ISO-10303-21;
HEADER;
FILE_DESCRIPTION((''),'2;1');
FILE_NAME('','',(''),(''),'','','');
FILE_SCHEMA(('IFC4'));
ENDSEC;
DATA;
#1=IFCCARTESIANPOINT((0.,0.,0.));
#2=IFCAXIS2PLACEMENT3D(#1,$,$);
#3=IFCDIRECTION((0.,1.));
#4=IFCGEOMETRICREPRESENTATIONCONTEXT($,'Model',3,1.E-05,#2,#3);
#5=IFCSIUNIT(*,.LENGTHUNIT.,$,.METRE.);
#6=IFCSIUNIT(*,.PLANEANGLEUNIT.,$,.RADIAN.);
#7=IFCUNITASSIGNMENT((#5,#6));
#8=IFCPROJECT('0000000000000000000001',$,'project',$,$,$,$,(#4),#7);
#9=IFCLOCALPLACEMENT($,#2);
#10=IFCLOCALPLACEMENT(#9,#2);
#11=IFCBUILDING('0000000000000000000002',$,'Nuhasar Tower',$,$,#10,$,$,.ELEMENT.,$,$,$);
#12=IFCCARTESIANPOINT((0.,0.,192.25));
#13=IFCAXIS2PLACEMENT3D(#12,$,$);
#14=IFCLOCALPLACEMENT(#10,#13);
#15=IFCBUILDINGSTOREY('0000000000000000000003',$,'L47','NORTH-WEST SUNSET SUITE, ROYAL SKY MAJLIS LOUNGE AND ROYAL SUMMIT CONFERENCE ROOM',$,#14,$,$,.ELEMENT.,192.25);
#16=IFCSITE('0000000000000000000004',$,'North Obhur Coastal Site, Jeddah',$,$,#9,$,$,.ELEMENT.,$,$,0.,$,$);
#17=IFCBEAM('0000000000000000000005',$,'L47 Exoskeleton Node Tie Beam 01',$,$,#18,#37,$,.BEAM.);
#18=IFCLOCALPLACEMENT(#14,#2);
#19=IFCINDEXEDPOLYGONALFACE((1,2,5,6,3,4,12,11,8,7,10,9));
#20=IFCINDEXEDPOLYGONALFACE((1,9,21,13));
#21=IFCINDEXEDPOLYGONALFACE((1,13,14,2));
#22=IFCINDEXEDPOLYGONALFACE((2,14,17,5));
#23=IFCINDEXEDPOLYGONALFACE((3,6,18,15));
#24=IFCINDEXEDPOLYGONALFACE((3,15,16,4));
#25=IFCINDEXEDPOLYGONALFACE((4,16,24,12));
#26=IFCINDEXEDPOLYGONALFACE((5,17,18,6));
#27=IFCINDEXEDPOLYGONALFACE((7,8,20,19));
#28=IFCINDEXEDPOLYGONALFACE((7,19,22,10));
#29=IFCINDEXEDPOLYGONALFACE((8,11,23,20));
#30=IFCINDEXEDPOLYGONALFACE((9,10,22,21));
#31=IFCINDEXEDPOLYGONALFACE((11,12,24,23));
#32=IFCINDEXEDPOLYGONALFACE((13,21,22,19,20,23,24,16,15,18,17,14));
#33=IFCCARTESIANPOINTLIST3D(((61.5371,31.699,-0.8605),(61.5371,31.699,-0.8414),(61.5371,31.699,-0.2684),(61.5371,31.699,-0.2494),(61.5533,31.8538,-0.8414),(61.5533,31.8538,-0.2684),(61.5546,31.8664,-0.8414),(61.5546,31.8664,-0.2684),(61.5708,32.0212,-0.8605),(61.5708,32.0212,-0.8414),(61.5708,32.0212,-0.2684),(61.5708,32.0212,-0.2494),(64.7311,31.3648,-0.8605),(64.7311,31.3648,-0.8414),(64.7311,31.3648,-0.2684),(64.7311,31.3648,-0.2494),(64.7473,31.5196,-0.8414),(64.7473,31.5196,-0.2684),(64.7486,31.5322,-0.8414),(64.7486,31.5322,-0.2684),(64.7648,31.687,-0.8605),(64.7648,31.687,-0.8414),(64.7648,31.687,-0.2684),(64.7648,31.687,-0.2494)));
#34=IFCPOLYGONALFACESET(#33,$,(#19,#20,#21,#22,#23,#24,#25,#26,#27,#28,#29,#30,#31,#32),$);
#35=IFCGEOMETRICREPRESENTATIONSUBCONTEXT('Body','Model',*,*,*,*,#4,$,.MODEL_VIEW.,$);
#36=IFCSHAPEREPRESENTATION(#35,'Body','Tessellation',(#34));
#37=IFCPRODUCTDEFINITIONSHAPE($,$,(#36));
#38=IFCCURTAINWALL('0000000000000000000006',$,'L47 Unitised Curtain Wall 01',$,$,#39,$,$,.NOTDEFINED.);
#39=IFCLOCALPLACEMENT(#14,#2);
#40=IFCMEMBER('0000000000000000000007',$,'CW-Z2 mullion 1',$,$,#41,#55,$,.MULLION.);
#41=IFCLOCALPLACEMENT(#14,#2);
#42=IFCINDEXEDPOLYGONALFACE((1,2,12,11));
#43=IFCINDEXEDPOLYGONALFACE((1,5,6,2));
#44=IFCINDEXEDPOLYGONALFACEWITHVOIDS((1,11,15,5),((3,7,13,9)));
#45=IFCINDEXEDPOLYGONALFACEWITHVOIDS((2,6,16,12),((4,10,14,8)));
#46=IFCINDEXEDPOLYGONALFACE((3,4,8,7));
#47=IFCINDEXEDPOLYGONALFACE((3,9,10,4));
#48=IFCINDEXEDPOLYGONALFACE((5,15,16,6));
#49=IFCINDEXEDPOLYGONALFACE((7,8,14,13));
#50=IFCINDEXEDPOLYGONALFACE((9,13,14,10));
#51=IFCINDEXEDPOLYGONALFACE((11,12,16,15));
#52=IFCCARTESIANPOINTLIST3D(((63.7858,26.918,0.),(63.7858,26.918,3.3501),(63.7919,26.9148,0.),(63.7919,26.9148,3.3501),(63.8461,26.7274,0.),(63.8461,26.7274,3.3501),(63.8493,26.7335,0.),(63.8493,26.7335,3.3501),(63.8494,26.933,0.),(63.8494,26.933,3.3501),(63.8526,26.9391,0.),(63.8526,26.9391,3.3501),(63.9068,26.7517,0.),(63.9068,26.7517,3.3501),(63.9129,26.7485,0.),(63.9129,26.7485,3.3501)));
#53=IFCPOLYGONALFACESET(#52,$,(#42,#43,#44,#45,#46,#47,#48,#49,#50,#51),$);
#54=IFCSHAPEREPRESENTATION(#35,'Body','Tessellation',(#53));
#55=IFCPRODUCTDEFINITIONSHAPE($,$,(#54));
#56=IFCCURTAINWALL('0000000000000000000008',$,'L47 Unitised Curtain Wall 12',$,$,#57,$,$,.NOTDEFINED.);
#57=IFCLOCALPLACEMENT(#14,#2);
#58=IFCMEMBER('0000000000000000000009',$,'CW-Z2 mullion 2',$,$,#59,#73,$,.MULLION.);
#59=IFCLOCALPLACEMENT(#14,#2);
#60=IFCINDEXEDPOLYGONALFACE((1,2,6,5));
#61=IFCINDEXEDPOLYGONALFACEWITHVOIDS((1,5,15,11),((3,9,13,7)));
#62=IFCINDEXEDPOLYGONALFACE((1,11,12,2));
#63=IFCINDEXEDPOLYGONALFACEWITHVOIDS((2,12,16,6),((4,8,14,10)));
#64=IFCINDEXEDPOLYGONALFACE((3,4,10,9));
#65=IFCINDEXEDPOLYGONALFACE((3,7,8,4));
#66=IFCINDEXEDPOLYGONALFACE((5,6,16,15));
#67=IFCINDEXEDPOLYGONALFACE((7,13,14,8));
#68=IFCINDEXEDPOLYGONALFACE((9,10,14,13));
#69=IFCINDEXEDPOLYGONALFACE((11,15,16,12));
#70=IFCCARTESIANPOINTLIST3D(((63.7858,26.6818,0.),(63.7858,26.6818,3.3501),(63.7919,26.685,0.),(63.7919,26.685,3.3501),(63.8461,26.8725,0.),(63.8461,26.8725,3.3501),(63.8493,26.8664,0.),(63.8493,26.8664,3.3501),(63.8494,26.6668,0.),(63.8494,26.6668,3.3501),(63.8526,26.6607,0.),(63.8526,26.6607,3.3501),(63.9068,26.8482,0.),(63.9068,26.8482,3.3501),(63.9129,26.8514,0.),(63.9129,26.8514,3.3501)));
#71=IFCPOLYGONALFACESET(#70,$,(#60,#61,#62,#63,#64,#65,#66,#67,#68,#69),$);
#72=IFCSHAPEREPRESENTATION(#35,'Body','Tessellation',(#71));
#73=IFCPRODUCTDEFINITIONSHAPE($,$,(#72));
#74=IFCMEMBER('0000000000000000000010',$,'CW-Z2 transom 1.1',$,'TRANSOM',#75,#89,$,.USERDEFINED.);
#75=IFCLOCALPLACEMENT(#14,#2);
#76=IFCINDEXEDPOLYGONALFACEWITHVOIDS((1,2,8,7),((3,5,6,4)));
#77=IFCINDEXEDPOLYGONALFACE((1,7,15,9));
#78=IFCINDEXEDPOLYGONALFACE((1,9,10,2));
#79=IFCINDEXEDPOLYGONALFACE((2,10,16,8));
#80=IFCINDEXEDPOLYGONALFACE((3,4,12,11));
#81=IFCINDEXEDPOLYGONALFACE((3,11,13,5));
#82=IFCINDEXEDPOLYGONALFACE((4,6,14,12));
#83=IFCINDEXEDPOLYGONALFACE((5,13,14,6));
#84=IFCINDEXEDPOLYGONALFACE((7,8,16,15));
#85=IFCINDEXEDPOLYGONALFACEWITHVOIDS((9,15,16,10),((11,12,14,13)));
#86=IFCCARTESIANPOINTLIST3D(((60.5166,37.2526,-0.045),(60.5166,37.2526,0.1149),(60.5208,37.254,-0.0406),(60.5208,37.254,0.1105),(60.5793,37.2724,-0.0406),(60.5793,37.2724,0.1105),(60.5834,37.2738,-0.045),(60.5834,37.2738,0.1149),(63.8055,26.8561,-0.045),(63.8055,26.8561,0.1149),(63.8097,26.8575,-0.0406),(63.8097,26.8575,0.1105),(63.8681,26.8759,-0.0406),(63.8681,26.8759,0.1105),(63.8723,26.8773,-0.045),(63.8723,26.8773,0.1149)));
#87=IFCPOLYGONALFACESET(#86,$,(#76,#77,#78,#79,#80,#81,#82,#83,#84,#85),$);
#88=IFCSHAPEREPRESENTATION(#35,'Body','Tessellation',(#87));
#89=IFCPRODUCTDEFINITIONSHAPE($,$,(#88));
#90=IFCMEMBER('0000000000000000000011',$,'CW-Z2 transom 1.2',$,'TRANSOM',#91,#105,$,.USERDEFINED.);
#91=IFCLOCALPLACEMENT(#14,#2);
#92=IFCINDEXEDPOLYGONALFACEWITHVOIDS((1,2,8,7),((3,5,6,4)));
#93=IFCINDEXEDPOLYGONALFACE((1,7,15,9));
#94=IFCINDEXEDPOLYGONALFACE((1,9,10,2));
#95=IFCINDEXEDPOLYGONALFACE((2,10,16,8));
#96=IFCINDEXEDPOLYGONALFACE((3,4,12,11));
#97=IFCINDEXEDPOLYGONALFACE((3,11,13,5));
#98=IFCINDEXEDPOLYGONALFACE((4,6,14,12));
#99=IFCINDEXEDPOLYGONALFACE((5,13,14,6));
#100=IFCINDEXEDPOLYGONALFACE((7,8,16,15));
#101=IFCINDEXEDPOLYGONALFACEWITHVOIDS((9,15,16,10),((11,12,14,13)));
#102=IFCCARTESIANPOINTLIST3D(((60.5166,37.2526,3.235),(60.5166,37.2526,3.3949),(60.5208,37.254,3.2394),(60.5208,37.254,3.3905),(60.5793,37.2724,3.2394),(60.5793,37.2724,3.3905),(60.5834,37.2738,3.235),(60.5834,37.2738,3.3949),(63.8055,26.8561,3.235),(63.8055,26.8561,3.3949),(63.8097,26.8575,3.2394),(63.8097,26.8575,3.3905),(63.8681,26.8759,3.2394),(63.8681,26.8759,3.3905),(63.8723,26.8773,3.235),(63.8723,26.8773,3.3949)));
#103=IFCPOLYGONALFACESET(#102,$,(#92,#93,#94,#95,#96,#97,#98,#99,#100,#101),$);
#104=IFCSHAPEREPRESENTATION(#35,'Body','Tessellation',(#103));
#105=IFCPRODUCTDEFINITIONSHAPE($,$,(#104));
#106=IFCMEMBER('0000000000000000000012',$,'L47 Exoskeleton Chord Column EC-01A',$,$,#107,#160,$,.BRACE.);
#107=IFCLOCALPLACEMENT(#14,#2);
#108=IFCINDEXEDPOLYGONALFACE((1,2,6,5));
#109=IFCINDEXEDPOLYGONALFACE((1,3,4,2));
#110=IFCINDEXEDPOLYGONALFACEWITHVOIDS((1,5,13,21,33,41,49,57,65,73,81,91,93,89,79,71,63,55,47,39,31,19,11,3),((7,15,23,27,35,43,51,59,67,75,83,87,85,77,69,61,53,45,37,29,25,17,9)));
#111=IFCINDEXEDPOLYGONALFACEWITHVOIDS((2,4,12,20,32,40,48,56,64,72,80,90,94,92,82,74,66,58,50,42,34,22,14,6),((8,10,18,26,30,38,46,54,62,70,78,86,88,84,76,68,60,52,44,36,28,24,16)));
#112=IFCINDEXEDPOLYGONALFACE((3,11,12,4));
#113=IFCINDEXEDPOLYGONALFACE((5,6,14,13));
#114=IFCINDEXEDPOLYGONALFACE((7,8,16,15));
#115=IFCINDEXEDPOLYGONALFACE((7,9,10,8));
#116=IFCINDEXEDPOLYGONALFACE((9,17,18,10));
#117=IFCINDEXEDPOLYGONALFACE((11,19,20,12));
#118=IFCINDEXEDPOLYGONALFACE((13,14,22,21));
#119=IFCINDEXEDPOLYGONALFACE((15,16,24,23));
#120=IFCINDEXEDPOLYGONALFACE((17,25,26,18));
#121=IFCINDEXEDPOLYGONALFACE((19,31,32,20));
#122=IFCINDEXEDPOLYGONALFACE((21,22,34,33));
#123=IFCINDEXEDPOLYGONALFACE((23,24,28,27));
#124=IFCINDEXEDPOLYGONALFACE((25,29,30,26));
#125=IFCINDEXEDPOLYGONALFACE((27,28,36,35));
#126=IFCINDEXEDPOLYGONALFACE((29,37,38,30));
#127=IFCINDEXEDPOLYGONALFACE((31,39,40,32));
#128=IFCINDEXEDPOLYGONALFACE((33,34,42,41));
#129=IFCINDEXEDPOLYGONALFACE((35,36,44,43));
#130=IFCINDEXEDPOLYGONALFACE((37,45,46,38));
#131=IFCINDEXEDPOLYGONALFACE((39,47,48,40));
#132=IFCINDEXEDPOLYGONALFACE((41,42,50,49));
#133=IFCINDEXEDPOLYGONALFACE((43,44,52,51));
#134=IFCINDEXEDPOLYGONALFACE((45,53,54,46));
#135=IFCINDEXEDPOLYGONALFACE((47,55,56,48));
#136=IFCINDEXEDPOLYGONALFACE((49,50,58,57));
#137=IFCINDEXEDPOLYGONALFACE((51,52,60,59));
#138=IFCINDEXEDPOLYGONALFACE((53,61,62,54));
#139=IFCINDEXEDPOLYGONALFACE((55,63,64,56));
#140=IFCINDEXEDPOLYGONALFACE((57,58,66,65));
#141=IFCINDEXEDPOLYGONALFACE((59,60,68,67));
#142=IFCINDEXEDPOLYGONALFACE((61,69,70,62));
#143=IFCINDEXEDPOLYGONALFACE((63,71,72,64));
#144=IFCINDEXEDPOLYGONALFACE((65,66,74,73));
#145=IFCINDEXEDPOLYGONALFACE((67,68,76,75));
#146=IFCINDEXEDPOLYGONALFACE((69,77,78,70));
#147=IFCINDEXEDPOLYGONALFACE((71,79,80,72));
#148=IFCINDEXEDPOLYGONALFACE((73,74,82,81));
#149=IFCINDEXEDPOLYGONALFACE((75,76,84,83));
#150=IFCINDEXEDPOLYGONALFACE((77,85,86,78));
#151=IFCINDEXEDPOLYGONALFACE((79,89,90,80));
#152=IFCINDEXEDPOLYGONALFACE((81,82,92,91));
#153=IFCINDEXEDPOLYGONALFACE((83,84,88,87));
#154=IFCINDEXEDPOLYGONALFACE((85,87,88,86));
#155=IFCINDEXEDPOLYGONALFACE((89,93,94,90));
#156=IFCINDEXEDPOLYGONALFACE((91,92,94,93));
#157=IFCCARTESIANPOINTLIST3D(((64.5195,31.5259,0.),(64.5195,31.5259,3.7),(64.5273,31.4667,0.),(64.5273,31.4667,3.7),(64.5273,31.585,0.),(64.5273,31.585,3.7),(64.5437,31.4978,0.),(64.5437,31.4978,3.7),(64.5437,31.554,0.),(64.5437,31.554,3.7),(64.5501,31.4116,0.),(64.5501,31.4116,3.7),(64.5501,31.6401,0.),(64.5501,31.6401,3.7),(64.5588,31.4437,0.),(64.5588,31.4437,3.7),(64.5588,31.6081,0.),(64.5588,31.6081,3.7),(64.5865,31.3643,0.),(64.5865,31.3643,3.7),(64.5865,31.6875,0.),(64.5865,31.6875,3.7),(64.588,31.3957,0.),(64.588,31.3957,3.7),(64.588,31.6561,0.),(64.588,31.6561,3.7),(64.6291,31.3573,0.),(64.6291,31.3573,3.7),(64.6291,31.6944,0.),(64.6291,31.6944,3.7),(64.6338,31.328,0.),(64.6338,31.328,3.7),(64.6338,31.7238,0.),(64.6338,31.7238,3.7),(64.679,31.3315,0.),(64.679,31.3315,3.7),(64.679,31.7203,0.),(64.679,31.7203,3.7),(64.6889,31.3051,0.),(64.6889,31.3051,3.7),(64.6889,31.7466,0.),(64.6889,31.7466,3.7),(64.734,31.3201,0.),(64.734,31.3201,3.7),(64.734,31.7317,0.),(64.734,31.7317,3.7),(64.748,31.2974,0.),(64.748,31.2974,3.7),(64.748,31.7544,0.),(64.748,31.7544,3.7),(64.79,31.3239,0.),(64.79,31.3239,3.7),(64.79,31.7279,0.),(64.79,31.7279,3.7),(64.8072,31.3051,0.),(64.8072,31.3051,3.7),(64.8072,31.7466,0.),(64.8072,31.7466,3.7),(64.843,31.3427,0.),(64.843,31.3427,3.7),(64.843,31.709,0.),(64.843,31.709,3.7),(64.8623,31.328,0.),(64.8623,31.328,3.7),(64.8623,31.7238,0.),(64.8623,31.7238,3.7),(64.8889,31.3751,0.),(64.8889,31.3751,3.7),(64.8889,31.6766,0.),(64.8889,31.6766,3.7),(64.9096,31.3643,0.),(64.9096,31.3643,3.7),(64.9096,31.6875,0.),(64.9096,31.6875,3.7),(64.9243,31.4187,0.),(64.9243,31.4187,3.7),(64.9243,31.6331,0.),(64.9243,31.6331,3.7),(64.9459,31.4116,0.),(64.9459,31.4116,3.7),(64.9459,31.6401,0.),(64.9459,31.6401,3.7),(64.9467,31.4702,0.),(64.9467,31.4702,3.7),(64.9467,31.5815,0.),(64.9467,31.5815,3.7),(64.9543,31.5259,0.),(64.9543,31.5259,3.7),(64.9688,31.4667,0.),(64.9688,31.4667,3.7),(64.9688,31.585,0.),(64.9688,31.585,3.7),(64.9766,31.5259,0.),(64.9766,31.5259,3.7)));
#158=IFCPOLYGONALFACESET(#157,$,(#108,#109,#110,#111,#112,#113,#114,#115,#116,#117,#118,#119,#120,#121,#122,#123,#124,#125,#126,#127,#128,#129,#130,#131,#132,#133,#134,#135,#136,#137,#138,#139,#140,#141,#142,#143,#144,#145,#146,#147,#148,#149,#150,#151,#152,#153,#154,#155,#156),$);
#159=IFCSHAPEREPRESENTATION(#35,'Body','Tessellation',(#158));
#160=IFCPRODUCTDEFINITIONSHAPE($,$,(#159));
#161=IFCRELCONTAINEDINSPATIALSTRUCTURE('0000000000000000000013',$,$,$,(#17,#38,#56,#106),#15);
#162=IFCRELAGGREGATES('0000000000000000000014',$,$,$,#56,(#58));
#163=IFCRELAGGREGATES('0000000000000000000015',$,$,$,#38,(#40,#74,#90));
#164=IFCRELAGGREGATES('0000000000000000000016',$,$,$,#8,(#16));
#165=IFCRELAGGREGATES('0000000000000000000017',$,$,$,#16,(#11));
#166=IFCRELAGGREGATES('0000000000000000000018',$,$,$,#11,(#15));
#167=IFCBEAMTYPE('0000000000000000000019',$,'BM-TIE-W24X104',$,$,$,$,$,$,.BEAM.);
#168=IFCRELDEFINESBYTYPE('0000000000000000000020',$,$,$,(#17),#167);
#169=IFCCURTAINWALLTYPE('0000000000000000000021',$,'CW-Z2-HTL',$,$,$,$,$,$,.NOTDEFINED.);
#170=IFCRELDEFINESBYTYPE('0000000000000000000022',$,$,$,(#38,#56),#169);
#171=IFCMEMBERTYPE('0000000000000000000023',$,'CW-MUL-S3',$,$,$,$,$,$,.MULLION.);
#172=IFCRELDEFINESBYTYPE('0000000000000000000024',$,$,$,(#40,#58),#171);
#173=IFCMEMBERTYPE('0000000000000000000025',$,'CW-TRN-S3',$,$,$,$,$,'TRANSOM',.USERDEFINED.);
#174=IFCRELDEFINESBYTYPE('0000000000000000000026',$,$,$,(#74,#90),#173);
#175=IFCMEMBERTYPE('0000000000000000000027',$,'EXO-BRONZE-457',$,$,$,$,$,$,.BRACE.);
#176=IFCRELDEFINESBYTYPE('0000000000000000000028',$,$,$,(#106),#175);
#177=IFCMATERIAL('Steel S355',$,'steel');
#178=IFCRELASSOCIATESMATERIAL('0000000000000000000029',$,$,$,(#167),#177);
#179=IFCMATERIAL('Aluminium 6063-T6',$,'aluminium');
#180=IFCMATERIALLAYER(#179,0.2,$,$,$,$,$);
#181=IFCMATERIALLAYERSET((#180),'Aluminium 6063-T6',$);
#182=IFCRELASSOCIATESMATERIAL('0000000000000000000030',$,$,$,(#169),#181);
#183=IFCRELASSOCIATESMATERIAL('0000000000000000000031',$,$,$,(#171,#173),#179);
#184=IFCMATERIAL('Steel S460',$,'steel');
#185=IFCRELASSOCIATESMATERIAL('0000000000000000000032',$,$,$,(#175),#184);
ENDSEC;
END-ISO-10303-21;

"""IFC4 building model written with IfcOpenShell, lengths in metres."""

from ifc_helpers import new_model, si_unit, direction, frame, origin, origin_2d, place, context, subcontext, project, spatial, hollow_rectangle, hollow_circle, i_section, extrude, material, layer, layer_set, material_profile, profile_set, type_object, element, aggregate, save


model = new_model("IFC4")

# Units and contexts
model_context = context("Model", 3, precision=1e-05, world=origin(), true_north=direction((0.0, 1.0)))
body_context = subcontext(model_context, "Body", "Model", "MODEL_VIEW")
ifc_project = project(units=[si_unit("LENGTHUNIT", "METRE"), si_unit("PLANEANGLEUNIT", "RADIAN")], contexts=[model_context])

# Site, building, storey
site_placement = place(None, origin())
site = spatial("IfcSite", under=ifc_project, at=site_placement, Name="North Obhur Coastal Site, Jeddah", CompositionType="ELEMENT", RefElevation=0.0)
building_placement = place(site_placement, origin())
building = spatial("IfcBuilding", under=site, at=building_placement, Name="Nuhasar Tower", CompositionType="ELEMENT")
storey_placement = place(building_placement, frame((0.0, 0.0, 192.25)))
storey = spatial("IfcBuildingStorey", under=building, at=storey_placement, Name="L47", Description="NORTH-WEST SUNSET SUITE, ROYAL SKY MAJLIS LOUNGE AND ROYAL SUMMIT CONFERENCE ROOM", CompositionType="ELEMENT", Elevation=192.25)

# Beam
ifc_material_1 = material(Name="Steel S355", Category="steel")
ifc_material_profile_1 = material_profile(ifc_material_1, i_section(OverallWidth=0.324, OverallDepth=0.6111, WebThickness=0.0127, FlangeThickness=0.019, at=origin_2d()), Name="W24X104")
ifc_profile_set_1 = profile_set([ifc_material_profile_1], Name="Steel S355")
beam_type_1 = type_object("IfcBeamType", Name="BM-TIE-W24X104", PredefinedType="BEAM", material=ifc_profile_set_1)
beam_1_placement = place(storey_placement, frame((61.554, 31.8601, -0.5549), z_axis=(0.99457, -0.104071, 0.0), x_axis=(0.104071, 0.99457, 0.0)))
element("IfcBeam", 1, at=beam_1_placement, inside=storey, type_object=beam_type_1, Name="L47 Exoskeleton Node Tie Beam 01", PredefinedType="BEAM", context=body_context, shape_type="SweptSolid", body=[
    extrude(i_section(OverallWidth=0.324, OverallDepth=0.6111, WebThickness=0.0127, FlangeThickness=0.019, at=origin_2d()), origin(), (0.0, 0.0, 1.0), 3.2114),
])

# Curtain walls, members
ifc_material_2 = material(Name="Aluminium 6063-T6", Category="aluminium")
ifc_layer_1 = layer(ifc_material_2, 0.2)
ifc_layer_set_1 = layer_set([ifc_layer_1], Name="Aluminium 6063-T6")
curtain_wall_type = type_object("IfcCurtainWallType", Name="CW-Z2-HTL", PredefinedType="NOTDEFINED", material=ifc_layer_set_1)
curtain_wall_1_placement = place(storey_placement, origin())
curtain_wall_1 = element("IfcCurtainWall", 2, at=curtain_wall_1_placement, inside=storey, type_object=curtain_wall_type, Name="L47 Unitised Curtain Wall 01", PredefinedType="NOTDEFINED")
ifc_material_profile_2 = material_profile(ifc_material_2, hollow_rectangle(XDim=0.0701, YDim=0.2, WallThickness=0.0049, at=origin_2d()), Name="CWM-3")
ifc_profile_set_2 = profile_set([ifc_material_profile_2], Name="Aluminium 6063-T6")
member_type_1 = type_object("IfcMemberType", Name="CW-MUL-S3", PredefinedType="MULLION", material=ifc_profile_set_2)
member_1_placement = place(storey_placement, frame((63.8494, 26.8333, 0.0), z_axis=(0.0, 0.0, 1.0), x_axis=(-0.953433, -0.301604, 0.0)))
member_1 = element("IfcMember", 3, at=member_1_placement, type_object=member_type_1, Name="CW-Z2 mullion 1", PredefinedType="MULLION", context=body_context, shape_type="SweptSolid", body=[
    extrude(hollow_rectangle(XDim=0.0701, YDim=0.2, WallThickness=0.0049, at=origin_2d()), origin(), (0.0, 0.0, 1.0), 3.3501),
])
curtain_wall_2_placement = place(storey_placement, origin())
curtain_wall_2 = element("IfcCurtainWall", 4, at=curtain_wall_2_placement, inside=storey, type_object=curtain_wall_type, Name="L47 Unitised Curtain Wall 12", PredefinedType="NOTDEFINED")
member_2_placement = place(storey_placement, frame((63.8494, 26.7666, 0.0), z_axis=(0.0, 0.0, 1.0), x_axis=(-0.953433, 0.301604, 0.0)))
member_2 = element("IfcMember", 5, at=member_2_placement, type_object=member_type_1, Name="CW-Z2 mullion 2", PredefinedType="MULLION", context=body_context, shape_type="SweptSolid", body=[
    extrude(hollow_rectangle(XDim=0.0701, YDim=0.2, WallThickness=0.0049, at=origin_2d()), origin(), (0.0, 0.0, 1.0), 3.3501),
])
aggregate(curtain_wall_2, [member_2])

# Members
ifc_material_profile_3 = material_profile(ifc_material_2, hollow_rectangle(XDim=0.0701, YDim=0.1599, WallThickness=0.0044, at=origin_2d()), Name="CWT-3")
ifc_profile_set_3 = profile_set([ifc_material_profile_3], Name="Aluminium 6063-T6")
member_type_2 = type_object("IfcMemberType", Name="CW-TRN-S3", ElementType="TRANSOM", PredefinedType="USERDEFINED", material=ifc_profile_set_3)
member_3_placement = place(storey_placement, frame((63.8389, 26.8667, 0.0349), z_axis=(-0.301608, 0.953432, 0.0), x_axis=(-0.953432, -0.301608, 0.0)))
member_3 = element("IfcMember", 6, at=member_3_placement, type_object=member_type_2, Name="CW-Z2 transom 1.1", ObjectType="TRANSOM", PredefinedType="USERDEFINED", context=body_context, shape_type="SweptSolid", body=[
    extrude(hollow_rectangle(XDim=0.0701, YDim=0.1599, WallThickness=0.0044, at=origin_2d()), origin(), (0.0, 0.0, 1.0), 10.9043),
])
member_4_placement = place(storey_placement, frame((63.8389, 26.8667, 3.3149), z_axis=(-0.301608, 0.953432, 0.0), x_axis=(-0.953432, -0.301608, 0.0)))
member_4 = element("IfcMember", 7, at=member_4_placement, type_object=member_type_2, Name="CW-Z2 transom 1.2", ObjectType="TRANSOM", PredefinedType="USERDEFINED", context=body_context, shape_type="SweptSolid", body=[
    extrude(hollow_rectangle(XDim=0.0701, YDim=0.1599, WallThickness=0.0044, at=origin_2d()), origin(), (0.0, 0.0, 1.0), 10.9043),
])

# Member
ifc_material_3 = material(Name="Steel S460", Category="steel")
ifc_material_profile_4 = material_profile(ifc_material_3, hollow_circle(Radius=0.2285, WallThickness=0.0222, at=origin_2d()), Name="HSS457X22.2")
ifc_profile_set_4 = profile_set([ifc_material_profile_4], Name="Steel S460")
member_type_3 = type_object("IfcMemberType", Name="EXO-BRONZE-457", PredefinedType="BRACE", material=ifc_profile_set_4)
for number, where, z_axis, x_axis, name in (
    (8, (64.748, 31.5259, 0.0), (0.0, 0.0, 1.0), (1.0, 0.0, 0.0), "L47 Exoskeleton Chord Column EC-01A"),
):
    element("IfcMember", number, at=place(storey_placement, frame(where, z_axis=z_axis, x_axis=x_axis)), inside=storey, type_object=member_type_3, Name=name, PredefinedType="BRACE", context=body_context, shape_type="SweptSolid", body=[
        extrude(hollow_circle(Radius=0.2285, WallThickness=0.0222, at=origin_2d()), origin(), (0.0, 0.0, 1.0), 3.7),
    ])

aggregate(curtain_wall_1, [member_1, member_3, member_4])

save(model, "model.ifc")
